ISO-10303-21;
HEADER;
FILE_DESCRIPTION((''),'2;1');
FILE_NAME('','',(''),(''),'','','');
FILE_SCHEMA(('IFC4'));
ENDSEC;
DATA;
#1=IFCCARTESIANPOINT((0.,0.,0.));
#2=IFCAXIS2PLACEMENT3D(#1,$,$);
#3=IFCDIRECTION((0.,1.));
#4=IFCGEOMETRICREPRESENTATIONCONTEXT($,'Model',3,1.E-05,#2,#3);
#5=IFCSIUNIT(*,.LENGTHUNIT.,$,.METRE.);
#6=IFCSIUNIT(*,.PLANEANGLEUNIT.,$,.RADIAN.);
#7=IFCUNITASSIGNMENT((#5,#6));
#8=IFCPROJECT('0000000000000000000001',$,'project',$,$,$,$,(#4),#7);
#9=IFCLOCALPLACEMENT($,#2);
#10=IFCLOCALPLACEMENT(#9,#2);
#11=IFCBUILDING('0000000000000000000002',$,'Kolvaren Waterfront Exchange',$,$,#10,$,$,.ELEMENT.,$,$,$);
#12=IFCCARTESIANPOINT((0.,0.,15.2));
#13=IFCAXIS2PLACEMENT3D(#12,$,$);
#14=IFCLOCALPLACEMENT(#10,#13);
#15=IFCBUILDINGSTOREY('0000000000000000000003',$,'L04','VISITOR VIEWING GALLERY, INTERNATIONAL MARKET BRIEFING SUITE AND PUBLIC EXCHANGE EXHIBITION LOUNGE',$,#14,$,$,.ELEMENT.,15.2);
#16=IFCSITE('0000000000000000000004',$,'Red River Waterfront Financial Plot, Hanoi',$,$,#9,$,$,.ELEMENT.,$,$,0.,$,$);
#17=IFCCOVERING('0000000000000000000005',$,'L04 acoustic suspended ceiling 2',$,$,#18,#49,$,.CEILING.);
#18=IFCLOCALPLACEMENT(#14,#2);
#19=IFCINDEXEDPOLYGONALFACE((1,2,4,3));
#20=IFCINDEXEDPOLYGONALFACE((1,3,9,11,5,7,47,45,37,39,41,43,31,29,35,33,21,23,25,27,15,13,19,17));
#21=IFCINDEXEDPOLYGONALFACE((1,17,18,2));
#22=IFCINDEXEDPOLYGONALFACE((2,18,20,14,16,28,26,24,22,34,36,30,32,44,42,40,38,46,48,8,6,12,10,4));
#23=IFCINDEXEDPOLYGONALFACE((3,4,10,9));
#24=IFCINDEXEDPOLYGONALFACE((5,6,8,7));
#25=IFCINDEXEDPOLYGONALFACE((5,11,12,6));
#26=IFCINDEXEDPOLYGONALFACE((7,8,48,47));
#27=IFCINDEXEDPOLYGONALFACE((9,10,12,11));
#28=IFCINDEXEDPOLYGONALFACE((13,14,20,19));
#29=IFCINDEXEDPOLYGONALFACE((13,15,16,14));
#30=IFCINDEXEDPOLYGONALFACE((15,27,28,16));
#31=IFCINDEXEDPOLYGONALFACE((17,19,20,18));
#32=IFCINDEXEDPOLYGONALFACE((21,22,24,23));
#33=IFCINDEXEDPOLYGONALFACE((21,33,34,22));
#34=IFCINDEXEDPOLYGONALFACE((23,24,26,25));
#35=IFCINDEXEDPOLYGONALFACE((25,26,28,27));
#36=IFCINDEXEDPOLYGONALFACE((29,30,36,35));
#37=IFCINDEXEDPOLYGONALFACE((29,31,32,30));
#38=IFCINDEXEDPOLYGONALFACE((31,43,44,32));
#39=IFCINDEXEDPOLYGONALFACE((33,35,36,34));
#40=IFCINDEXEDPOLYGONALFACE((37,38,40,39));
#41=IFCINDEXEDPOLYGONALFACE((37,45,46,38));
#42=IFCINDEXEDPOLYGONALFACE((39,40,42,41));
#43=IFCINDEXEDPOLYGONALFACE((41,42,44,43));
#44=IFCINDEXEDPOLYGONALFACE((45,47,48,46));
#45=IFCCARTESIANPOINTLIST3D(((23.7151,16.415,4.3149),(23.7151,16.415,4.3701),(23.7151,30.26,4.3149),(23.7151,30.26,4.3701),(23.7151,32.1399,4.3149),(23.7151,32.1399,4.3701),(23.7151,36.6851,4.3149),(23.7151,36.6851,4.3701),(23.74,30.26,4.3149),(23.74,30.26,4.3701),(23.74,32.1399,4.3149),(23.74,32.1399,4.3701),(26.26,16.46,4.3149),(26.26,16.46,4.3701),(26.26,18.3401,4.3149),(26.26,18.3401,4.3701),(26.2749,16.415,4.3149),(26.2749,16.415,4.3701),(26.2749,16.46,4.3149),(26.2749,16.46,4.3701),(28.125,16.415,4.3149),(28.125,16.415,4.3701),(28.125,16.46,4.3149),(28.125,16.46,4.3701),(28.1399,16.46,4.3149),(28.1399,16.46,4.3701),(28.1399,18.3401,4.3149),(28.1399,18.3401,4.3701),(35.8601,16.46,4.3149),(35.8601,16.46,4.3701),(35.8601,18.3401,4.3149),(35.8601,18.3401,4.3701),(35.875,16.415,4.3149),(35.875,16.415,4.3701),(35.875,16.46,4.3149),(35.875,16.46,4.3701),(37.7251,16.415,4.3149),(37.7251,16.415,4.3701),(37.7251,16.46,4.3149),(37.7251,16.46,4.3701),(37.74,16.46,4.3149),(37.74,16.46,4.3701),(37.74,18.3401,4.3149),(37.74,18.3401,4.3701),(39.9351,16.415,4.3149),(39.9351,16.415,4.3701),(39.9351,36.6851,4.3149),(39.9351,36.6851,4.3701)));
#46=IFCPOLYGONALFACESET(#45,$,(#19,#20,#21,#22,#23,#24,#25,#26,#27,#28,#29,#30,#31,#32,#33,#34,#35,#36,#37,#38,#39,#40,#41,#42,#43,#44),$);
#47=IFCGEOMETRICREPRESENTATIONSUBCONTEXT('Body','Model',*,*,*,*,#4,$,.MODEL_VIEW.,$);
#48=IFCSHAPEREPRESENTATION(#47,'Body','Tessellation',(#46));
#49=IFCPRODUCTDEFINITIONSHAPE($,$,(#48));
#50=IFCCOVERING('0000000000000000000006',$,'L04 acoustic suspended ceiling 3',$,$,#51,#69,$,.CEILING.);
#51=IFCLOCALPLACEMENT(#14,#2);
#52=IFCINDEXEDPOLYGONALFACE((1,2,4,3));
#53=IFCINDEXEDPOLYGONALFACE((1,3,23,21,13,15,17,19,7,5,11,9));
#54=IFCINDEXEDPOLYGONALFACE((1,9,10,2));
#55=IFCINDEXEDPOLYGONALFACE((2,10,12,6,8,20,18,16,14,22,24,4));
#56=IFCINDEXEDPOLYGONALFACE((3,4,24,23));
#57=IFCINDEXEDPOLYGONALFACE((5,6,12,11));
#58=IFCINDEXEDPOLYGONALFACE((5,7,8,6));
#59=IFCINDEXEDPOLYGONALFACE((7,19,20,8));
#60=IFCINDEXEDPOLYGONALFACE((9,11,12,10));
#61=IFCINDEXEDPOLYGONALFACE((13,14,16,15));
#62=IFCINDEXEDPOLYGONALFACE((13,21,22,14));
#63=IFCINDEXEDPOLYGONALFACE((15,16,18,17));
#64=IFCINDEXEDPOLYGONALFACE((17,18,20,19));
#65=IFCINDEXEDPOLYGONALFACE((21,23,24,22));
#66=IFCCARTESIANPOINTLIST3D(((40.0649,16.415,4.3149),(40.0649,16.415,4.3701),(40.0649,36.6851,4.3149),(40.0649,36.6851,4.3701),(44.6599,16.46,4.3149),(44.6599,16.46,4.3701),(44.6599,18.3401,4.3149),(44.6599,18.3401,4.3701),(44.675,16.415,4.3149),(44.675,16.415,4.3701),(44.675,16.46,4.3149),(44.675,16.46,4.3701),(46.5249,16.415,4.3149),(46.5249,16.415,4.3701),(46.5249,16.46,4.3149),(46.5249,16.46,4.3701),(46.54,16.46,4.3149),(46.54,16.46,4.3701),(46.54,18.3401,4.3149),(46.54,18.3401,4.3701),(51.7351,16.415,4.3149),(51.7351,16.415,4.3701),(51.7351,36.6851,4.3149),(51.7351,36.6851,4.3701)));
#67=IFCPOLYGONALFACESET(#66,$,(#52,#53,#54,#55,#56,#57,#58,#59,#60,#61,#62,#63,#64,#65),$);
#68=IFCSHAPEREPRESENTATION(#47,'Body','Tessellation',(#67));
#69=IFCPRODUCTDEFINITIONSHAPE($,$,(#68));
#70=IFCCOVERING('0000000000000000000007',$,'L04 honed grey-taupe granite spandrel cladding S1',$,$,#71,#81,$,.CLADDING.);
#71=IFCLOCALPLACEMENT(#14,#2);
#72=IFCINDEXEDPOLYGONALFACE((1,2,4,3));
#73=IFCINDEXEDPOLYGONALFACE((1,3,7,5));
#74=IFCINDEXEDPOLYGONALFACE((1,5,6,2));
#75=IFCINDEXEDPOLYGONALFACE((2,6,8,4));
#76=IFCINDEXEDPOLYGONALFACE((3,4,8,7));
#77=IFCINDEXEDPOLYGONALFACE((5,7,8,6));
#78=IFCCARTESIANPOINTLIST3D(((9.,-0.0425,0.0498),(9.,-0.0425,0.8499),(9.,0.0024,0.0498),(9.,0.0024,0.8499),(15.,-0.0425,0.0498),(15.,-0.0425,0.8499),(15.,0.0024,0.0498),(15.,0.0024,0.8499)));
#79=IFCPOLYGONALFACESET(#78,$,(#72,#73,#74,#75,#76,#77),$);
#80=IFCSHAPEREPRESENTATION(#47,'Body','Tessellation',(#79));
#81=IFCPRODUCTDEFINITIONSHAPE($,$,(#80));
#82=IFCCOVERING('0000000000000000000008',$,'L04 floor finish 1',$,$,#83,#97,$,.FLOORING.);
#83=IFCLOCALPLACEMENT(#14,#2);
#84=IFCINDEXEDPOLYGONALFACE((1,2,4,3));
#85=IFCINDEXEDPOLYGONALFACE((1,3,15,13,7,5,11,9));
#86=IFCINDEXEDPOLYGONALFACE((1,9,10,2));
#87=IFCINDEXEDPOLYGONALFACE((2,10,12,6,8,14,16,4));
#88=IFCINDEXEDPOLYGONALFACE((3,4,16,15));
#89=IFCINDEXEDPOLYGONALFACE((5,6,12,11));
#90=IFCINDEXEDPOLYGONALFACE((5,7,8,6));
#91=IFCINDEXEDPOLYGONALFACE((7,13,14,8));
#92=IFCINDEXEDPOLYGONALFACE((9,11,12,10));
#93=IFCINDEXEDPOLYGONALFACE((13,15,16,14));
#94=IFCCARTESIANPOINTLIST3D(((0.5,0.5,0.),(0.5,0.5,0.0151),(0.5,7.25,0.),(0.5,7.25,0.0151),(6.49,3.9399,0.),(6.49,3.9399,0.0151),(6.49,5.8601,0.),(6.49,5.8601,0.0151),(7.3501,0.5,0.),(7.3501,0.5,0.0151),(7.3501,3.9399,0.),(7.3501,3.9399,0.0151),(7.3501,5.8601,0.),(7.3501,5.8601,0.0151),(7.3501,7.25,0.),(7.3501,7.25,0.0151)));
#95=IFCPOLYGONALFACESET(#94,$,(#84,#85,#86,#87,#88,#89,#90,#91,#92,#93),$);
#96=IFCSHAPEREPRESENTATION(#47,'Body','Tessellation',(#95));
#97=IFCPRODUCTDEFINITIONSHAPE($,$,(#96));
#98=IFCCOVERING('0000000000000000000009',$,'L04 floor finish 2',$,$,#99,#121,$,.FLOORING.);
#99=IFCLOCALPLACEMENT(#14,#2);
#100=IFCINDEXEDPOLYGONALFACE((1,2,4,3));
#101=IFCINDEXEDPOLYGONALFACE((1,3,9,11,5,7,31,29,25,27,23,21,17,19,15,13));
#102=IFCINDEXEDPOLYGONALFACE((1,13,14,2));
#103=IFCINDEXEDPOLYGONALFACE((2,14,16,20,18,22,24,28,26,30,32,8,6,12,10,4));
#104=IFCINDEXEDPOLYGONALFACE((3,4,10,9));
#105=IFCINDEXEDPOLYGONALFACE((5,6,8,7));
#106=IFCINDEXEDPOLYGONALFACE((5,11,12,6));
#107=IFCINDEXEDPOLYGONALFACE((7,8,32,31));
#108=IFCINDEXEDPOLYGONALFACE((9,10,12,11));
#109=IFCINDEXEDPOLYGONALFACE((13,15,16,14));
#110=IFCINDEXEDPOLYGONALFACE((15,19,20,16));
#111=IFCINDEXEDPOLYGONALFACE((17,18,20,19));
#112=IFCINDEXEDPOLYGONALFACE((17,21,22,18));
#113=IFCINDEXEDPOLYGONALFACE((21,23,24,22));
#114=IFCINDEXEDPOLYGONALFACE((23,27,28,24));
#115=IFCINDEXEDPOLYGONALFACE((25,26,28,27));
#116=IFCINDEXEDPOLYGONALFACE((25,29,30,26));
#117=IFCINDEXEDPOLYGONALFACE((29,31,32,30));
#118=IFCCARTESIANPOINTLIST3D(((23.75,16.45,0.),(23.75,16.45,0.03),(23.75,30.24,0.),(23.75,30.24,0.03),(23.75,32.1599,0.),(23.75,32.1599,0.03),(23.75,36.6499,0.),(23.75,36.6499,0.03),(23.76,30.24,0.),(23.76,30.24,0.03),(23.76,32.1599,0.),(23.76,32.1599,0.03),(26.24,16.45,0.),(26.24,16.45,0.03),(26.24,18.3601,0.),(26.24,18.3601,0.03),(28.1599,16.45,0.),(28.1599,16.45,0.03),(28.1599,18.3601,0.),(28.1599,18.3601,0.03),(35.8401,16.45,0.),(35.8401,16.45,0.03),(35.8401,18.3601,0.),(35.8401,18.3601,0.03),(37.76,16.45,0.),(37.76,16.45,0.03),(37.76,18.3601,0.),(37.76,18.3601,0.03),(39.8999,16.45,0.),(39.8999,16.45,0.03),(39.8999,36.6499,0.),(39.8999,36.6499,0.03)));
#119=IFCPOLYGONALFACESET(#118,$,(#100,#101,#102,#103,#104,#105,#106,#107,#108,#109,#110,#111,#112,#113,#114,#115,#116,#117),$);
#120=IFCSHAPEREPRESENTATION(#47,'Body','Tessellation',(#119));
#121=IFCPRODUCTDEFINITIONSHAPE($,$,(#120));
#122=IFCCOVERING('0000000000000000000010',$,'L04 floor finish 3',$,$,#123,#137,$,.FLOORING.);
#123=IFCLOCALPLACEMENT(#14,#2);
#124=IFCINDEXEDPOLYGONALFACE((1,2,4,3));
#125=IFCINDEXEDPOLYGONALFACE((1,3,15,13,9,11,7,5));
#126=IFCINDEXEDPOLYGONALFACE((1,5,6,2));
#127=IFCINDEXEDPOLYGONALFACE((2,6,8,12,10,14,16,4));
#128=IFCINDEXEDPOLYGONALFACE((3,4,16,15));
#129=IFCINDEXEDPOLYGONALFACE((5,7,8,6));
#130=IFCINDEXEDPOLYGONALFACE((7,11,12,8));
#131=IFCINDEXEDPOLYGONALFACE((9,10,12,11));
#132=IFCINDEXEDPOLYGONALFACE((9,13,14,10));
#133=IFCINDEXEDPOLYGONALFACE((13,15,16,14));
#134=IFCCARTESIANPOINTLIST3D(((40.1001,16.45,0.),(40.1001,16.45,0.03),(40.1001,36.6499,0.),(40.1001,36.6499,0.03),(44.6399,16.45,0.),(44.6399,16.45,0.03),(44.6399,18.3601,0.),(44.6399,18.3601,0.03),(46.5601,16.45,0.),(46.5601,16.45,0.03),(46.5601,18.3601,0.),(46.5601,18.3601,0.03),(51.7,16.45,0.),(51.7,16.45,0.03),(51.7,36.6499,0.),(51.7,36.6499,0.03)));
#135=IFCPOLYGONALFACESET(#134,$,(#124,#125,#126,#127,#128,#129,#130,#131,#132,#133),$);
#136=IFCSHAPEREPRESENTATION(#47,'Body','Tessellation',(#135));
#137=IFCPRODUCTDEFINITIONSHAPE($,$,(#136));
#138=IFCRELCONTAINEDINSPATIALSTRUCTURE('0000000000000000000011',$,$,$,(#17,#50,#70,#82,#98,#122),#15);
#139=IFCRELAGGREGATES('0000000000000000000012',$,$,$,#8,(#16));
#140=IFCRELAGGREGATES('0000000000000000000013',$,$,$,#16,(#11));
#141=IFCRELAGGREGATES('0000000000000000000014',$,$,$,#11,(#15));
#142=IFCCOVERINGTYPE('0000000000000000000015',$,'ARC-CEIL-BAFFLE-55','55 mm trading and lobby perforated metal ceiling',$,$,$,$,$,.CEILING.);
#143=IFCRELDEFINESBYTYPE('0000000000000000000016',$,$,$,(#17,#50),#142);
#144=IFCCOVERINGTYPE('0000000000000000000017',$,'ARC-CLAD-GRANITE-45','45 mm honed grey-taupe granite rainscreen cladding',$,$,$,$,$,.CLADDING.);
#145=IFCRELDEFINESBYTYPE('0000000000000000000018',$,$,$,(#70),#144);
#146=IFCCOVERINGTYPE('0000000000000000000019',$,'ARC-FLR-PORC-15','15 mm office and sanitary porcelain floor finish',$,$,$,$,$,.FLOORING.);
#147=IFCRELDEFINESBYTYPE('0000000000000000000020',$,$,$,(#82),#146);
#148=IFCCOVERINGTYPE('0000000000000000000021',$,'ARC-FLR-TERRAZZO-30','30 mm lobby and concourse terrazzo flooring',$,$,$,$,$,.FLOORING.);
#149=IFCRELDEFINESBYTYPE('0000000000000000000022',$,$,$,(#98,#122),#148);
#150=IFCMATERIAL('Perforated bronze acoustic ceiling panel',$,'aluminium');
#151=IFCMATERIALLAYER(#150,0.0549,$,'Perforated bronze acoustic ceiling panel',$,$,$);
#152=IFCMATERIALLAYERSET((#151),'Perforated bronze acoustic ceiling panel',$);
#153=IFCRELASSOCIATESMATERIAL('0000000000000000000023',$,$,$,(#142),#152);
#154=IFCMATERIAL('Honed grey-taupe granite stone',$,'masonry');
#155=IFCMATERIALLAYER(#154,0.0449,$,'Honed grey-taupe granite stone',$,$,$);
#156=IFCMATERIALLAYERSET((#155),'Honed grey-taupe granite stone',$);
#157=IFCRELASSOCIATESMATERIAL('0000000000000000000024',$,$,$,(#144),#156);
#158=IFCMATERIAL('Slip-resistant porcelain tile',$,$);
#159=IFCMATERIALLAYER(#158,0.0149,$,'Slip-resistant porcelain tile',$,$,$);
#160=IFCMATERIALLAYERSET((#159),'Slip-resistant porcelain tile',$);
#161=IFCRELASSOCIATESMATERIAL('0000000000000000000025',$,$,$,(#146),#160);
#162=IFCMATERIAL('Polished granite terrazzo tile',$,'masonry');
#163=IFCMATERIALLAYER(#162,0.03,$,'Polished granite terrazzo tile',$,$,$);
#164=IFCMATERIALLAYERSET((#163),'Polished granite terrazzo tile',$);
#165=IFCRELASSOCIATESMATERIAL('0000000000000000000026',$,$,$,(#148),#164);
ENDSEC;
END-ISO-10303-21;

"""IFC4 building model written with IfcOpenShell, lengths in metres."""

from ifc_helpers import new_model, si_unit, direction, frame, origin, origin_2d, place, context, subcontext, project, spatial, polyline, rectangle, outline, extrude, material, layer, layer_set, type_object, element, save


model = new_model("IFC4")

# Units and contexts
model_context = context("Model", 3, precision=1e-05, world=origin(), true_north=direction((0.0, 1.0)))
body_context = subcontext(model_context, "Body", "Model", "MODEL_VIEW")
ifc_project = project(units=[si_unit("LENGTHUNIT", "METRE"), si_unit("PLANEANGLEUNIT", "RADIAN")], contexts=[model_context])

# Site, building, storey
site_placement = place(None, origin())
site = spatial("IfcSite", under=ifc_project, at=site_placement, Name="Red River Waterfront Financial Plot, Hanoi", CompositionType="ELEMENT", RefElevation=0.0)
building_placement = place(site_placement, origin())
building = spatial("IfcBuilding", under=site, at=building_placement, Name="Kolvaren Waterfront Exchange", CompositionType="ELEMENT")
storey_placement = place(building_placement, frame((0.0, 0.0, 15.2)))
storey = spatial("IfcBuildingStorey", under=building, at=storey_placement, Name="L04", Description="VISITOR VIEWING GALLERY, INTERNATIONAL MARKET BRIEFING SUITE AND PUBLIC EXCHANGE EXHIBITION LOUNGE", CompositionType="ELEMENT", Elevation=15.2)

# Coverings
ifc_material_1 = material(Name="Perforated bronze acoustic ceiling panel", Category="aluminium")
ifc_layer_1 = layer(ifc_material_1, 0.0549, Name="Perforated bronze acoustic ceiling panel")
ifc_layer_set_1 = layer_set([ifc_layer_1], Name="Perforated bronze acoustic ceiling panel")
covering_type_1 = type_object("IfcCoveringType", Name="ARC-CEIL-BAFFLE-55", Description="55 mm trading and lobby perforated metal ceiling", PredefinedType="CEILING", material=ifc_layer_set_1)
covering_1_placement = place(storey_placement, frame((0.0, 0.0, 4.3149)))
element("IfcCovering", 1, at=covering_1_placement, inside=storey, type_object=covering_type_1, Name="L04 acoustic suspended ceiling 2", PredefinedType="CEILING", context=body_context, shape_type="SweptSolid", body=[
    extrude(outline(polyline([(23.7151, 32.1399), (23.74, 32.1399), (23.74, 30.26), (23.7151, 30.26), (23.7151, 16.415), (26.2749, 16.415), (26.2749, 16.46), (26.26, 16.46), (26.26, 18.3401), (28.1399, 18.3401), (28.1399, 16.46), (28.125, 16.46), (28.125, 16.415), (35.875, 16.415), (35.875, 16.46), (35.8601, 16.46), (35.8601, 18.3401), (37.74, 18.3401), (37.74, 16.46), (37.7251, 16.46), (37.7251, 16.415), (39.9351, 16.415), (39.9351, 36.6851), (23.7151, 36.6851), (23.7151, 32.1399)])), origin(), (0.0, 0.0, 1.0), 0.0552),
])
covering_2_placement = place(storey_placement, frame((0.0, 0.0, 4.3149)))
element("IfcCovering", 2, at=covering_2_placement, inside=storey, type_object=covering_type_1, Name="L04 acoustic suspended ceiling 3", PredefinedType="CEILING", context=body_context, shape_type="SweptSolid", body=[
    extrude(outline(polyline([(51.7351, 16.415), (51.7351, 36.6851), (40.0649, 36.6851), (40.0649, 16.415), (44.675, 16.415), (44.675, 16.46), (44.6599, 16.46), (44.6599, 18.3401), (46.54, 18.3401), (46.54, 16.46), (46.5249, 16.46), (46.5249, 16.415), (51.7351, 16.415)])), origin(), (0.0, 0.0, 1.0), 0.0552),
])
ifc_material_2 = material(Name="Honed grey-taupe granite stone", Category="masonry")
ifc_layer_2 = layer(ifc_material_2, 0.0449, Name="Honed grey-taupe granite stone")
ifc_layer_set_2 = layer_set([ifc_layer_2], Name="Honed grey-taupe granite stone")
covering_type_2 = type_object("IfcCoveringType", Name="ARC-CLAD-GRANITE-45", Description="45 mm honed grey-taupe granite rainscreen cladding", PredefinedType="CLADDING", material=ifc_layer_set_2)
covering_3_placement = place(storey_placement, frame((12.0, -0.02, 0.0498), z_axis=(0.0, 0.0, 1.0), x_axis=(1.0, 0.0, 0.0)))
element("IfcCovering", 3, at=covering_3_placement, inside=storey, type_object=covering_type_2, Name="L04 honed grey-taupe granite spandrel cladding S1", PredefinedType="CLADDING", context=body_context, shape_type="SweptSolid", body=[
    extrude(rectangle(XDim=6.0, YDim=0.0449, at=origin_2d()), origin(), (0.0, 0.0, 1.0), 0.8),
])
ifc_material_3 = material(Name="Slip-resistant porcelain tile")
ifc_layer_3 = layer(ifc_material_3, 0.0149, Name="Slip-resistant porcelain tile")
ifc_layer_set_3 = layer_set([ifc_layer_3], Name="Slip-resistant porcelain tile")
covering_type_3 = type_object("IfcCoveringType", Name="ARC-FLR-PORC-15", Description="15 mm office and sanitary porcelain floor finish", PredefinedType="FLOORING", material=ifc_layer_set_3)
covering_4_placement = place(storey_placement, origin())
element("IfcCovering", 4, at=covering_4_placement, inside=storey, type_object=covering_type_3, Name="L04 floor finish 1", PredefinedType="FLOORING", context=body_context, shape_type="SweptSolid", body=[
    extrude(outline(polyline([(0.5, 7.25), (0.5, 0.5), (7.3501, 0.5), (7.3501, 3.9399), (6.49, 3.9399), (6.49, 5.8601), (7.3501, 5.8601), (7.3501, 7.25), (0.5, 7.25)])), origin(), (0.0, 0.0, 1.0), 0.0151),
])
ifc_material_4 = material(Name="Polished granite terrazzo tile", Category="masonry")
ifc_layer_4 = layer(ifc_material_4, 0.03, Name="Polished granite terrazzo tile")
ifc_layer_set_4 = layer_set([ifc_layer_4], Name="Polished granite terrazzo tile")
covering_type_4 = type_object("IfcCoveringType", Name="ARC-FLR-TERRAZZO-30", Description="30 mm lobby and concourse terrazzo flooring", PredefinedType="FLOORING", material=ifc_layer_set_4)
covering_5_placement = place(storey_placement, origin())
element("IfcCovering", 5, at=covering_5_placement, inside=storey, type_object=covering_type_4, Name="L04 floor finish 2", PredefinedType="FLOORING", context=body_context, shape_type="SweptSolid", body=[
    extrude(outline(polyline([(23.75, 30.24), (23.75, 16.45), (26.24, 16.45), (26.24, 18.3601), (28.1599, 18.3601), (28.1599, 16.45), (35.8401, 16.45), (35.8401, 18.3601), (37.76, 18.3601), (37.76, 16.45), (39.8999, 16.45), (39.8999, 36.6499), (23.75, 36.6499), (23.75, 32.1599), (23.76, 32.1599), (23.76, 30.24), (23.75, 30.24)])), origin(), (0.0, 0.0, 1.0), 0.03),
])
covering_6_placement = place(storey_placement, origin())
element("IfcCovering", 6, at=covering_6_placement, inside=storey, type_object=covering_type_4, Name="L04 floor finish 3", PredefinedType="FLOORING", context=body_context, shape_type="SweptSolid", body=[
    extrude(outline(polyline([(40.1001, 36.6499), (40.1001, 16.45), (44.6399, 16.45), (44.6399, 18.3601), (46.5601, 18.3601), (46.5601, 16.45), (51.7, 16.45), (51.7, 36.6499), (40.1001, 36.6499)])), origin(), (0.0, 0.0, 1.0), 0.03),
])

save(model, "model.ifc")
